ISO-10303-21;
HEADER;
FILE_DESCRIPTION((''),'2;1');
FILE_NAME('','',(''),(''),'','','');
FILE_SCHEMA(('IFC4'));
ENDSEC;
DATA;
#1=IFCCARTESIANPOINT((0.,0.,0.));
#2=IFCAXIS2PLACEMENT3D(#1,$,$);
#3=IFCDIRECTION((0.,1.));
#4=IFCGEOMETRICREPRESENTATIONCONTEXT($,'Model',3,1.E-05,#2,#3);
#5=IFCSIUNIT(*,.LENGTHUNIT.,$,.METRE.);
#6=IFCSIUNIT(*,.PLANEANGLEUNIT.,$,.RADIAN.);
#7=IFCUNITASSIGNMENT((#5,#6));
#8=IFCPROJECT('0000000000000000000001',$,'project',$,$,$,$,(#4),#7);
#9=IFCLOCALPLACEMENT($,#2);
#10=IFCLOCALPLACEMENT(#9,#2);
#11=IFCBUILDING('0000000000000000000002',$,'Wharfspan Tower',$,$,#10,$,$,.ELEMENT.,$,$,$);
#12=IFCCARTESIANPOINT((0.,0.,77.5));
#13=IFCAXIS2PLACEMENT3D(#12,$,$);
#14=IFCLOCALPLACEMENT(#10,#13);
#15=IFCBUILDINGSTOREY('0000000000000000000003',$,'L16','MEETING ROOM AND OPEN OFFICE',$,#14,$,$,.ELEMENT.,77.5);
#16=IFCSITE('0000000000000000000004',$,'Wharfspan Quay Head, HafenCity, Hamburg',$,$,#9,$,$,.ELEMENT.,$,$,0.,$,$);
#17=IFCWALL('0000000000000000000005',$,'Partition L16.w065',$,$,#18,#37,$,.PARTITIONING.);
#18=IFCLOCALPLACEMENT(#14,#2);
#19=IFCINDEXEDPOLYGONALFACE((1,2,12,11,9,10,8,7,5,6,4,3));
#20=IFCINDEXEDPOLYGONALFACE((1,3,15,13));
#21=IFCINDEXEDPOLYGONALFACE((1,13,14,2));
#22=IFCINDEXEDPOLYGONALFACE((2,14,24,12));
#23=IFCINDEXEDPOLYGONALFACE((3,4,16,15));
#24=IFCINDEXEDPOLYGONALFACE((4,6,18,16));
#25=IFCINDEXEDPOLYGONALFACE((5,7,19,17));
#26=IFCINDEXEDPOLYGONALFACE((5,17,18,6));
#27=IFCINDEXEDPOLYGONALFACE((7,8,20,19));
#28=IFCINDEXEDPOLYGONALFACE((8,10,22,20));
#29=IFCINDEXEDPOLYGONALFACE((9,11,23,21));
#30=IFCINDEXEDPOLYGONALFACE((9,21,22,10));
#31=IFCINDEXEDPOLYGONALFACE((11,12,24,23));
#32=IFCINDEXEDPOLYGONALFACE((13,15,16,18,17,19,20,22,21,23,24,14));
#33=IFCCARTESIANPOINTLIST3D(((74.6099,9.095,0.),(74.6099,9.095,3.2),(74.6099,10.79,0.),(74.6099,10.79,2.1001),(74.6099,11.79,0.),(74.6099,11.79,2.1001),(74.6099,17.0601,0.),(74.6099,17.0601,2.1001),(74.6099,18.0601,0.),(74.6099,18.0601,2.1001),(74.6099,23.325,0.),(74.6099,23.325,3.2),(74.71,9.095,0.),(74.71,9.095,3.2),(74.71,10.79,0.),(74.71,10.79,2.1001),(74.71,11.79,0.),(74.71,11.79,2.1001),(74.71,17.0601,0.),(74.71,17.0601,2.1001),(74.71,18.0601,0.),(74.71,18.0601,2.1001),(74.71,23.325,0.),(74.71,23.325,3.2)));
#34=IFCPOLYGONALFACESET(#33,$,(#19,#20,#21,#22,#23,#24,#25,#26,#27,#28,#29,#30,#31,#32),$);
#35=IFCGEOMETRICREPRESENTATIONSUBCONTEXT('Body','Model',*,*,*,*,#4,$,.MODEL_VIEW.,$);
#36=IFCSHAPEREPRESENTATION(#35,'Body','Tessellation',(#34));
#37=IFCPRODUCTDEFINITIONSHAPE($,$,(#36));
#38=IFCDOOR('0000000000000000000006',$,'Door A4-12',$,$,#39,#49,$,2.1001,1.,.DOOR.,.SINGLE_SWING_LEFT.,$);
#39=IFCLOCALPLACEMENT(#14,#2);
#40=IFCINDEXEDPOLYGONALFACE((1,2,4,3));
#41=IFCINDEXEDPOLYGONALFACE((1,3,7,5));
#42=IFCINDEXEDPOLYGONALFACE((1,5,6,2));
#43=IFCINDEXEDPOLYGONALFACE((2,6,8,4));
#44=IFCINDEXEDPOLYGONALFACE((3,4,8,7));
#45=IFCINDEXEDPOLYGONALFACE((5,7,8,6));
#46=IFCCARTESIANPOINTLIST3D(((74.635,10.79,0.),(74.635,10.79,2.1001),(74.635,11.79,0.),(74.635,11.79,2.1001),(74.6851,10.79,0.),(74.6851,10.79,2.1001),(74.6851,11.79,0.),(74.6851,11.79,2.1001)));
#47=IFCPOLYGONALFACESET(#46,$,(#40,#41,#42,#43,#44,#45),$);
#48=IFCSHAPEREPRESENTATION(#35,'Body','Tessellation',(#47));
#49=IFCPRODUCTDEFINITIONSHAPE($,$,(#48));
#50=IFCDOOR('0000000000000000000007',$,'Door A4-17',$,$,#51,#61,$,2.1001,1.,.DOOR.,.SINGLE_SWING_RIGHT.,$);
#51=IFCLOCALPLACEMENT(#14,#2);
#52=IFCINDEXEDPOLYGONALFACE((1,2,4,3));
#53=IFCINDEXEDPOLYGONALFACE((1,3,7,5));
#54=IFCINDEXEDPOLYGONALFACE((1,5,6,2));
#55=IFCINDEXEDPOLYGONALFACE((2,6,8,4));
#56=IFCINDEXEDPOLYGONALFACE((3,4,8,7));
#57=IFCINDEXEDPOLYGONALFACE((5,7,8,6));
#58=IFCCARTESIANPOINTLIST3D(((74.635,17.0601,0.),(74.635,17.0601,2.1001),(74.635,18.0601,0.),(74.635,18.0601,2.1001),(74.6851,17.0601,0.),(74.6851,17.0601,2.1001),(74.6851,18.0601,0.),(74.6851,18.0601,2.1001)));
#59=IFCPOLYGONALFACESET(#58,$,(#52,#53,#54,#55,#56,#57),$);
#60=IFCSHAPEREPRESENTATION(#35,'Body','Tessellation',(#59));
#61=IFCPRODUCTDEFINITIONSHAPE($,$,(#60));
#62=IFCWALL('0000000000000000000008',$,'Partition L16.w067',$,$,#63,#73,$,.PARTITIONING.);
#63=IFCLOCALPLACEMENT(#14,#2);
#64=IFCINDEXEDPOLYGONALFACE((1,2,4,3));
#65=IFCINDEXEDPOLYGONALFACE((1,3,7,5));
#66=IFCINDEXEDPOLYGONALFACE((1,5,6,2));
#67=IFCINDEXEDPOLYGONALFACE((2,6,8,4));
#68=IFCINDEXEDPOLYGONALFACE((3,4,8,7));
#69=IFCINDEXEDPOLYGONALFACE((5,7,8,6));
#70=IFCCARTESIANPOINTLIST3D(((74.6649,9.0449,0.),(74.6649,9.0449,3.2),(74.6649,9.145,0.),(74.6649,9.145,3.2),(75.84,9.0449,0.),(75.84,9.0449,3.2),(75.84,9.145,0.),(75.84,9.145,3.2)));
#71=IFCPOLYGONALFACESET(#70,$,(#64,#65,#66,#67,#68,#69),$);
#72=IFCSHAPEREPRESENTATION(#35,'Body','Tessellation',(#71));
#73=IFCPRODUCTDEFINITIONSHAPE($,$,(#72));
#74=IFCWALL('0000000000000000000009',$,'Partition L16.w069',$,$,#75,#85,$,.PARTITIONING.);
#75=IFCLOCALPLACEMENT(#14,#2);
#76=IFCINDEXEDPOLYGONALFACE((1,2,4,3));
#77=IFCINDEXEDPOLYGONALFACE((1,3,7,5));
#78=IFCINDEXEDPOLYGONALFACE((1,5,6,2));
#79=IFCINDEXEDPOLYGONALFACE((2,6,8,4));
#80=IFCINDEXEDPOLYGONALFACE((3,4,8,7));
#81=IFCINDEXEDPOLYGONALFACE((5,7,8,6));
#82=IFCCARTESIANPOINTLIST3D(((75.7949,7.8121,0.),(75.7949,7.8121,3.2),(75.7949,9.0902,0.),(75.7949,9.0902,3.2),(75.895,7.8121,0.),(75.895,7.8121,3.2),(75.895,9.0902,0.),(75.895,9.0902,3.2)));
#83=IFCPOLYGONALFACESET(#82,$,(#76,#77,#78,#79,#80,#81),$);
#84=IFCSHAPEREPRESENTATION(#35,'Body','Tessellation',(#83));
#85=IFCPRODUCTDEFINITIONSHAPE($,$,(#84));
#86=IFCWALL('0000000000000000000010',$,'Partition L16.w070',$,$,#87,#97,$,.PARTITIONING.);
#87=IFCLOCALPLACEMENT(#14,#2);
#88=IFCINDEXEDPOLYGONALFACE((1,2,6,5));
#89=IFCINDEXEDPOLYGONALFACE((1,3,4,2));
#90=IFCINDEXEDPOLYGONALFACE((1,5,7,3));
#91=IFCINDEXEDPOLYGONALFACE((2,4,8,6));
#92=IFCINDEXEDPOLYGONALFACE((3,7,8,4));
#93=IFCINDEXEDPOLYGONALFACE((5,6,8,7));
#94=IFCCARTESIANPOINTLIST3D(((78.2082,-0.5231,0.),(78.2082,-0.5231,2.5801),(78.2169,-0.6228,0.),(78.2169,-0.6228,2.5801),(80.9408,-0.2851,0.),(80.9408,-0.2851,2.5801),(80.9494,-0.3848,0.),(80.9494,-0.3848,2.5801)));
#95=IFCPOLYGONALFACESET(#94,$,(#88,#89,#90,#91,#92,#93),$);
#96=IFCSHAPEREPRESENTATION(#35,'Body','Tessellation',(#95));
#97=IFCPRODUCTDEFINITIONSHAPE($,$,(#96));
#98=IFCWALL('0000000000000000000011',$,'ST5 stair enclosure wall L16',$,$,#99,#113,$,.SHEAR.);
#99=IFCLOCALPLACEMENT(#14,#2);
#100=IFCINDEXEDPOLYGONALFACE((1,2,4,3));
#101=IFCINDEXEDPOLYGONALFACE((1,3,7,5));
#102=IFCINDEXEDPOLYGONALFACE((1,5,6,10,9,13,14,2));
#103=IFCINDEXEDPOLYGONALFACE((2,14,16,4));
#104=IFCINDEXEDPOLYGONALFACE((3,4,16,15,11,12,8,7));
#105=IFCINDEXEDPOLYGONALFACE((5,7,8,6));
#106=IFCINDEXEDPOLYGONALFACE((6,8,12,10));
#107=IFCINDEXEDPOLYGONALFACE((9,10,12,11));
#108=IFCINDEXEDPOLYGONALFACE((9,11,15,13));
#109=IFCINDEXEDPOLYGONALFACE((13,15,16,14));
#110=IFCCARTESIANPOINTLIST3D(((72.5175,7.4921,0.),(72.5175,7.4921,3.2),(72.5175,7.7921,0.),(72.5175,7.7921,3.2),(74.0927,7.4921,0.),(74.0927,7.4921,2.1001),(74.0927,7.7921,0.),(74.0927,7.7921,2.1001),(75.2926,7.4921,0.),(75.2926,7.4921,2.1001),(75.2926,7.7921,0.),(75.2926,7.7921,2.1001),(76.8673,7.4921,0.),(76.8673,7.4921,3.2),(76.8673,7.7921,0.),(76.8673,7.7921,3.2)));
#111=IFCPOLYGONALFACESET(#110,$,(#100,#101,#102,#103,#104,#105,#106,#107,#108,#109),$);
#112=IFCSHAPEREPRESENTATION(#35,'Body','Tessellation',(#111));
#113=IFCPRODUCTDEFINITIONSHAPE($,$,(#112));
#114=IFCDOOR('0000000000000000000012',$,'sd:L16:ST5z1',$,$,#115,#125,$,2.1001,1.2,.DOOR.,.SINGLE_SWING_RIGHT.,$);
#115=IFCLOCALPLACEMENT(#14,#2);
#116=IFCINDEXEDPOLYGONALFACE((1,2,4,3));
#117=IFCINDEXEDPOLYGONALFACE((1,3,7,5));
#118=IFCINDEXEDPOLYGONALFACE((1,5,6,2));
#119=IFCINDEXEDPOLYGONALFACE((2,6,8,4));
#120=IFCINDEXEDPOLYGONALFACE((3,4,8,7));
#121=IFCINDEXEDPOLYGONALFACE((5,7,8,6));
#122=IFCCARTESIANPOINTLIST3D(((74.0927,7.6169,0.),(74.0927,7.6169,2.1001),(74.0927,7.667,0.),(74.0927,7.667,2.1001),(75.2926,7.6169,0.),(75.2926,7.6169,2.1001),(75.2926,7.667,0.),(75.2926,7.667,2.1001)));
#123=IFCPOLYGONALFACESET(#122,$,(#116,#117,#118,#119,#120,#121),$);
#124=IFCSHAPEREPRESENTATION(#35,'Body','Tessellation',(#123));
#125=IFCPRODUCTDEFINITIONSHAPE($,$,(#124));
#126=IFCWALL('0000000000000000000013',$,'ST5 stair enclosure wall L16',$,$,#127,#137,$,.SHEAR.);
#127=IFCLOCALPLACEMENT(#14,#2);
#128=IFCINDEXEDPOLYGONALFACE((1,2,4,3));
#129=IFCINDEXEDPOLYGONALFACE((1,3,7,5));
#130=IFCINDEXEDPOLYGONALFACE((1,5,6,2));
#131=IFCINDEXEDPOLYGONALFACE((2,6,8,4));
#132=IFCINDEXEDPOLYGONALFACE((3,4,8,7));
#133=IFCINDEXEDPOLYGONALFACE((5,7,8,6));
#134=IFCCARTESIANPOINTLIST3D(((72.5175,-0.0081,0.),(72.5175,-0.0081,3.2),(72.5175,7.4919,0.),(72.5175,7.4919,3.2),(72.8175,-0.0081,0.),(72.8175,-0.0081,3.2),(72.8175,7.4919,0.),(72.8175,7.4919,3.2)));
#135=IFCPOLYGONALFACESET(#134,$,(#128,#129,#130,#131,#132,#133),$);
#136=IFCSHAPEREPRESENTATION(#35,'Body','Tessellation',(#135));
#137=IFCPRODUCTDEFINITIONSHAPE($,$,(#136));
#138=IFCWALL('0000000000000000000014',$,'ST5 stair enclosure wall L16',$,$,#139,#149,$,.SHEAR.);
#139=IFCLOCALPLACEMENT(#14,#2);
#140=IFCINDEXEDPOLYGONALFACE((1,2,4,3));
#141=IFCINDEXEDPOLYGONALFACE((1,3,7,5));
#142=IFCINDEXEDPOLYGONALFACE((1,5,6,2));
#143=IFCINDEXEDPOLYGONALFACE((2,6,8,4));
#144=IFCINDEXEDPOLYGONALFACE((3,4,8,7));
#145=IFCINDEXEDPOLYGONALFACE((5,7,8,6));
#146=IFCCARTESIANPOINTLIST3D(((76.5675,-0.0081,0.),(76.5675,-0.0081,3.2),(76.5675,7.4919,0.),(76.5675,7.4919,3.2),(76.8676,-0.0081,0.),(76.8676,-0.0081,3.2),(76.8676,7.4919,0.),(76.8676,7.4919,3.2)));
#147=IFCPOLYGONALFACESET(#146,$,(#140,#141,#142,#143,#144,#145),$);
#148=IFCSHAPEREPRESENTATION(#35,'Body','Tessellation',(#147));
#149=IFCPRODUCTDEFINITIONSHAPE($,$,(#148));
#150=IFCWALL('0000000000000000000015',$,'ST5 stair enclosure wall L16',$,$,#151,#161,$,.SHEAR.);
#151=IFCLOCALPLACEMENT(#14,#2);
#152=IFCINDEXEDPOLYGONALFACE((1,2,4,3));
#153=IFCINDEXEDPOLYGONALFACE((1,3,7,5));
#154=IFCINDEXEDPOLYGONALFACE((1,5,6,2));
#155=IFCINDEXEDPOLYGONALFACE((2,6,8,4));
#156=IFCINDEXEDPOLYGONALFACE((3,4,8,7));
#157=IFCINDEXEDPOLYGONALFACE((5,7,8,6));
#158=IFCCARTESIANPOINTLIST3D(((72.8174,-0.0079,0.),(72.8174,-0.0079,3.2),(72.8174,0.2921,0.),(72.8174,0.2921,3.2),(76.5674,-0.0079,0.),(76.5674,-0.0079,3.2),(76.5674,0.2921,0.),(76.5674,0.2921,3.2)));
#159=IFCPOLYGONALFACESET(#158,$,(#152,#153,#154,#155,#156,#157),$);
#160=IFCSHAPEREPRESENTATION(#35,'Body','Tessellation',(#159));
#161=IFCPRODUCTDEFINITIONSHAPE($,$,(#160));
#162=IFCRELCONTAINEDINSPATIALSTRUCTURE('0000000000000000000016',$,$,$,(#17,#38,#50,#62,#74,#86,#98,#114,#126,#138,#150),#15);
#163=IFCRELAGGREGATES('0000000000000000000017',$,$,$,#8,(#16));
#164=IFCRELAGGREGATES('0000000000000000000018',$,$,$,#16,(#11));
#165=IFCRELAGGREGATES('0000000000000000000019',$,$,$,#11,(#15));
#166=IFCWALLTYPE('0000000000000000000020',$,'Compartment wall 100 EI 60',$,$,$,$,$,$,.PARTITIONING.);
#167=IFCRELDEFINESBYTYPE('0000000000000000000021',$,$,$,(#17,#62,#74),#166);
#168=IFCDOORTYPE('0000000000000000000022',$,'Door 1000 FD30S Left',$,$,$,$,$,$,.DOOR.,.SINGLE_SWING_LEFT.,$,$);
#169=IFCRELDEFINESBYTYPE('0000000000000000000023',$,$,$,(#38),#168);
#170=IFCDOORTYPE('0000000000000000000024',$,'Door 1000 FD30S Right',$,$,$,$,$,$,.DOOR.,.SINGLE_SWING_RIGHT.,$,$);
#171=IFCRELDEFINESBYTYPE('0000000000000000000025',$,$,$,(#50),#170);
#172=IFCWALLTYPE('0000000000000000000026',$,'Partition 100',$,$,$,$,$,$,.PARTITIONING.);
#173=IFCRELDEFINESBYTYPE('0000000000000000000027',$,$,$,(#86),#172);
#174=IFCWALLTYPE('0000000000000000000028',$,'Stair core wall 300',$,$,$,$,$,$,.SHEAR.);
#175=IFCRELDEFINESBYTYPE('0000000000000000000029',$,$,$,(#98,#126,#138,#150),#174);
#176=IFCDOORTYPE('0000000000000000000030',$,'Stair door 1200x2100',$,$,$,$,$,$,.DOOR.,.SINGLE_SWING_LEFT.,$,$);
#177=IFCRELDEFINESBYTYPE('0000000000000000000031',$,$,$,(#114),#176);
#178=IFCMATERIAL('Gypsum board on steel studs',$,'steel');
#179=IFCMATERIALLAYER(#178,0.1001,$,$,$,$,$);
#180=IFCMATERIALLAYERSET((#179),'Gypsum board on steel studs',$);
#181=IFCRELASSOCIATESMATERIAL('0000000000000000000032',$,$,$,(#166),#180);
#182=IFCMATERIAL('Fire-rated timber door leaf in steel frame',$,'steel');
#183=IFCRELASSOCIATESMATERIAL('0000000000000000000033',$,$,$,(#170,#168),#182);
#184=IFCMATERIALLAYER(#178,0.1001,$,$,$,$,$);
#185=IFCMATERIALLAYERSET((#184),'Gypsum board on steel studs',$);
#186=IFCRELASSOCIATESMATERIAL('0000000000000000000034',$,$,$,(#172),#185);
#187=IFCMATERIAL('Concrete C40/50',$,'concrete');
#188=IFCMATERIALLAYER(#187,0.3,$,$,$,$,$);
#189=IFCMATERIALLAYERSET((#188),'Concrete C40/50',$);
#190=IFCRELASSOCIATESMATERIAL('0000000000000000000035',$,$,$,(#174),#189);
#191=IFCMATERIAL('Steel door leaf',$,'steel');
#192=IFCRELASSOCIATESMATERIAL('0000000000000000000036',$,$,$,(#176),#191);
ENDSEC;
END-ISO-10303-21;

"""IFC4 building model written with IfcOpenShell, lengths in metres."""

from ifc_helpers import new_model, si_unit, direction, frame, frame_2d, origin, place, context, subcontext, project, spatial, rectangle, extrude, material, layer, layer_set, type_object, element, fill, save


model = new_model("IFC4")

# Units and contexts
model_context = context("Model", 3, precision=1e-05, world=origin(), true_north=direction((0.0, 1.0)))
body_context = subcontext(model_context, "Body", "Model", "MODEL_VIEW")
ifc_project = project(units=[si_unit("LENGTHUNIT", "METRE"), si_unit("PLANEANGLEUNIT", "RADIAN")], contexts=[model_context])

# Site, building, storey
site_placement = place(None, origin())
site = spatial("IfcSite", under=ifc_project, at=site_placement, Name="Wharfspan Quay Head, HafenCity, Hamburg", CompositionType="ELEMENT", RefElevation=0.0)
building_placement = place(site_placement, origin())
building = spatial("IfcBuilding", under=site, at=building_placement, Name="Wharfspan Tower", CompositionType="ELEMENT")
storey_placement = place(building_placement, frame((0.0, 0.0, 77.5)))
storey = spatial("IfcBuildingStorey", under=building, at=storey_placement, Name="L16", Description="MEETING ROOM AND OPEN OFFICE", CompositionType="ELEMENT", Elevation=77.5)

# Wall, openings, doors
ifc_material_1 = material(Name="Gypsum board on steel studs", Category="steel")
ifc_layer_1 = layer(ifc_material_1, 0.1001)
ifc_layer_set_1 = layer_set([ifc_layer_1], Name="Gypsum board on steel studs")
wall_type_1 = type_object("IfcWallType", Name="Compartment wall 100 EI 60", PredefinedType="PARTITIONING", material=ifc_layer_set_1)
ifc_material_2 = material(Name="Fire-rated timber door leaf in steel frame", Category="steel")
door_type_1 = type_object("IfcDoorType", Name="Door 1000 FD30S Right", OperationType="SINGLE_SWING_RIGHT", PredefinedType="DOOR", material=ifc_material_2)
wall_1_placement = place(storey_placement, frame((74.6599, 9.095, 0.0), z_axis=(0.0, 0.0, 1.0), x_axis=(0.0, 1.0, 0.0)))
wall_1 = element("IfcWall", 1, at=wall_1_placement, inside=storey, type_object=wall_type_1, Name="Partition L16.w065", PredefinedType="PARTITIONING", context=body_context, shape_type="SweptSolid", body=[
    extrude(rectangle(XDim=14.23, YDim=0.1001, at=frame_2d((7.115, 0.0))), origin(), (0.0, 0.0, 1.0), 3.2),
])
opening_1_placement = place(wall_1_placement, frame((1.6951, 0.0, 0.0)))
opening_1 = element("IfcOpeningElement", 2, at=opening_1_placement, cuts=wall_1, PredefinedType="OPENING", context=body_context, shape_type="SweptSolid", body=[
    extrude(rectangle(XDim=1.0, YDim=2.1001, at=frame_2d((0.5, 1.05))), frame((0.0, 0.0601, 0.0), z_axis=(0.0, -1.0, 0.0), x_axis=(1.0, 0.0, 0.0)), (0.0, 0.0, 1.0), 0.1201),
])
opening_2_placement = place(wall_1_placement, frame((7.9651, 0.0, 0.0)))
opening_2 = element("IfcOpeningElement", 3, at=opening_2_placement, cuts=wall_1, PredefinedType="OPENING", context=body_context, shape_type="SweptSolid", body=[
    extrude(rectangle(XDim=1.0, YDim=2.1001, at=frame_2d((0.5, 1.05))), frame((0.0, 0.0601, 0.0), z_axis=(0.0, -1.0, 0.0), x_axis=(1.0, 0.0, 0.0)), (0.0, 0.0, 1.0), 0.1201),
])
door_type_2 = type_object("IfcDoorType", Name="Door 1000 FD30S Left", OperationType="SINGLE_SWING_LEFT", PredefinedType="DOOR", material=ifc_material_2)
door_1_placement = place(opening_1_placement, origin())
door_1 = element("IfcDoor", 4, at=door_1_placement, inside=storey, type_object=door_type_2, Name="Door A4-12", OperationType="SINGLE_SWING_LEFT", OverallHeight=2.1001, OverallWidth=1.0, PredefinedType="DOOR", context=body_context, shape_type="SweptSolid", body=[
    extrude(rectangle(XDim=1.0, YDim=2.1001, at=frame_2d((0.5, 1.05))), frame((0.0, 0.0249, 0.0), z_axis=(0.0, -1.0, 0.0), x_axis=(1.0, 0.0, 0.0)), (0.0, 0.0, 1.0), 0.05),
])
fill(opening_1, door_1)
door_2_placement = place(opening_2_placement, origin())
door_2 = element("IfcDoor", 5, at=door_2_placement, inside=storey, type_object=door_type_1, Name="Door A4-17", OperationType="SINGLE_SWING_RIGHT", OverallHeight=2.1001, OverallWidth=1.0, PredefinedType="DOOR", context=body_context, shape_type="SweptSolid", body=[
    extrude(rectangle(XDim=1.0, YDim=2.1001, at=frame_2d((0.5, 1.05))), frame((0.0, 0.0249, 0.0), z_axis=(0.0, -1.0, 0.0), x_axis=(1.0, 0.0, 0.0)), (0.0, 0.0, 1.0), 0.05),
])
fill(opening_2, door_2)

# Walls
wall_2_placement = place(storey_placement, frame((74.665, 9.095, 0.0), z_axis=(0.0, 0.0, 1.0), x_axis=(1.0, 0.0, 0.0)))
element("IfcWall", 6, at=wall_2_placement, inside=storey, type_object=wall_type_1, Name="Partition L16.w067", PredefinedType="PARTITIONING", context=body_context, shape_type="SweptSolid", body=[
    extrude(rectangle(XDim=1.175, YDim=0.1001, at=frame_2d((0.5874, 0.0))), origin(), (0.0, 0.0, 1.0), 3.2),
])
wall_3_placement = place(storey_placement, frame((75.845, 7.812, 0.0), z_axis=(0.0, 0.0, 1.0), x_axis=(0.0, 1.0, 0.0)))
element("IfcWall", 7, at=wall_3_placement, inside=storey, type_object=wall_type_1, Name="Partition L16.w069", PredefinedType="PARTITIONING", context=body_context, shape_type="SweptSolid", body=[
    extrude(rectangle(XDim=1.2781, YDim=0.1001, at=frame_2d((0.6392, 0.0))), origin(), (0.0, 0.0, 1.0), 3.2),
])
ifc_layer_2 = layer(ifc_material_1, 0.1001)
ifc_layer_set_2 = layer_set([ifc_layer_2], Name="Gypsum board on steel studs")
wall_type_2 = type_object("IfcWallType", Name="Partition 100", PredefinedType="PARTITIONING", material=ifc_layer_set_2)
wall_4_placement = place(storey_placement, frame((78.2124, -0.573, 0.0), z_axis=(0.0, 0.0, 1.0), x_axis=(0.996224, 0.086779, 0.0)))
element("IfcWall", 8, at=wall_4_placement, inside=storey, type_object=wall_type_2, Name="Partition L16.w070", PredefinedType="PARTITIONING", context=body_context, shape_type="SweptSolid", body=[
    extrude(rectangle(XDim=2.7429, YDim=0.1001, at=frame_2d((1.3716, 0.0))), origin(), (0.0, 0.0, 1.0), 2.5801),
])

# Wall, opening, door
ifc_material_3 = material(Name="Concrete C40/50", Category="concrete")
ifc_layer_3 = layer(ifc_material_3, 0.3)
ifc_layer_set_3 = layer_set([ifc_layer_3], Name="Concrete C40/50")
wall_type_3 = type_object("IfcWallType", Name="Stair core wall 300", PredefinedType="SHEAR", material=ifc_layer_set_3)
wall_5_placement = place(storey_placement, frame((72.5176, 7.6421, 0.0), z_axis=(0.0, 0.0, 1.0), x_axis=(1.0, 0.0, 0.0)))
wall_5 = element("IfcWall", 9, at=wall_5_placement, inside=storey, type_object=wall_type_3, Name="ST5 stair enclosure wall L16", PredefinedType="SHEAR", context=body_context, shape_type="SweptSolid", body=[
    extrude(rectangle(XDim=4.3499, YDim=0.3, at=frame_2d((2.1748, 0.0))), origin(), (0.0, 0.0, 1.0), 3.2),
])
opening_3_placement = place(wall_5_placement, frame((1.575, 0.0, 0.0)))
opening_3 = element("IfcOpeningElement", 10, at=opening_3_placement, cuts=wall_5, PredefinedType="OPENING", context=body_context, shape_type="SweptSolid", body=[
    extrude(rectangle(XDim=1.2, YDim=2.1001, at=frame_2d((0.6001, 1.05))), frame((0.0, 0.1599, 0.0), z_axis=(0.0, -1.0, 0.0), x_axis=(1.0, 0.0, 0.0)), (0.0, 0.0, 1.0), 0.3201),
])
ifc_material_4 = material(Name="Steel door leaf", Category="steel")
door_type_3 = type_object("IfcDoorType", Name="Stair door 1200x2100", OperationType="SINGLE_SWING_LEFT", PredefinedType="DOOR", material=ifc_material_4)
door_3_placement = place(opening_3_placement, origin())
door_3 = element("IfcDoor", 11, at=door_3_placement, inside=storey, type_object=door_type_3, Name="sd:L16:ST5z1", OperationType="SINGLE_SWING_RIGHT", OverallHeight=2.1001, OverallWidth=1.2, PredefinedType="DOOR", context=body_context, shape_type="SweptSolid", body=[
    extrude(rectangle(XDim=1.2, YDim=2.1001, at=frame_2d((0.6001, 1.05))), frame((0.0, 0.0249, 0.0), z_axis=(0.0, -1.0, 0.0), x_axis=(1.0, 0.0, 0.0)), (0.0, 0.0, 1.0), 0.05),
])
fill(opening_3, door_3)

# Walls
for number, where, z_axis, x_axis, name in (
    (12, (72.6675, -0.0081, 0.0), (0.0, 0.0, 1.0), (0.0, 1.0, 0.0), "ST5 stair enclosure wall L16"),
    (13, (76.7175, -0.0081, 0.0), (0.0, 0.0, 1.0), (0.0, 1.0, 0.0), "ST5 stair enclosure wall L16"),
):
    element("IfcWall", number, at=place(storey_placement, frame(where, z_axis=z_axis, x_axis=x_axis)), inside=storey, type_object=wall_type_3, Name=name, PredefinedType="SHEAR", context=body_context, shape_type="SweptSolid", body=[
        extrude(rectangle(XDim=7.5, YDim=0.3, at=frame_2d((3.75, 0.0))), origin(), (0.0, 0.0, 1.0), 3.2),
    ])
wall_6_placement = place(storey_placement, frame((72.8174, 0.1421, 0.0), z_axis=(0.0, 0.0, 1.0), x_axis=(1.0, 0.0, 0.0)))
element("IfcWall", 14, at=wall_6_placement, inside=storey, type_object=wall_type_3, Name="ST5 stair enclosure wall L16", PredefinedType="SHEAR", context=body_context, shape_type="SweptSolid", body=[
    extrude(rectangle(XDim=3.75, YDim=0.3, at=frame_2d((1.875, 0.0))), origin(), (0.0, 0.0, 1.0), 3.2),
])

save(model, "model.ifc")
